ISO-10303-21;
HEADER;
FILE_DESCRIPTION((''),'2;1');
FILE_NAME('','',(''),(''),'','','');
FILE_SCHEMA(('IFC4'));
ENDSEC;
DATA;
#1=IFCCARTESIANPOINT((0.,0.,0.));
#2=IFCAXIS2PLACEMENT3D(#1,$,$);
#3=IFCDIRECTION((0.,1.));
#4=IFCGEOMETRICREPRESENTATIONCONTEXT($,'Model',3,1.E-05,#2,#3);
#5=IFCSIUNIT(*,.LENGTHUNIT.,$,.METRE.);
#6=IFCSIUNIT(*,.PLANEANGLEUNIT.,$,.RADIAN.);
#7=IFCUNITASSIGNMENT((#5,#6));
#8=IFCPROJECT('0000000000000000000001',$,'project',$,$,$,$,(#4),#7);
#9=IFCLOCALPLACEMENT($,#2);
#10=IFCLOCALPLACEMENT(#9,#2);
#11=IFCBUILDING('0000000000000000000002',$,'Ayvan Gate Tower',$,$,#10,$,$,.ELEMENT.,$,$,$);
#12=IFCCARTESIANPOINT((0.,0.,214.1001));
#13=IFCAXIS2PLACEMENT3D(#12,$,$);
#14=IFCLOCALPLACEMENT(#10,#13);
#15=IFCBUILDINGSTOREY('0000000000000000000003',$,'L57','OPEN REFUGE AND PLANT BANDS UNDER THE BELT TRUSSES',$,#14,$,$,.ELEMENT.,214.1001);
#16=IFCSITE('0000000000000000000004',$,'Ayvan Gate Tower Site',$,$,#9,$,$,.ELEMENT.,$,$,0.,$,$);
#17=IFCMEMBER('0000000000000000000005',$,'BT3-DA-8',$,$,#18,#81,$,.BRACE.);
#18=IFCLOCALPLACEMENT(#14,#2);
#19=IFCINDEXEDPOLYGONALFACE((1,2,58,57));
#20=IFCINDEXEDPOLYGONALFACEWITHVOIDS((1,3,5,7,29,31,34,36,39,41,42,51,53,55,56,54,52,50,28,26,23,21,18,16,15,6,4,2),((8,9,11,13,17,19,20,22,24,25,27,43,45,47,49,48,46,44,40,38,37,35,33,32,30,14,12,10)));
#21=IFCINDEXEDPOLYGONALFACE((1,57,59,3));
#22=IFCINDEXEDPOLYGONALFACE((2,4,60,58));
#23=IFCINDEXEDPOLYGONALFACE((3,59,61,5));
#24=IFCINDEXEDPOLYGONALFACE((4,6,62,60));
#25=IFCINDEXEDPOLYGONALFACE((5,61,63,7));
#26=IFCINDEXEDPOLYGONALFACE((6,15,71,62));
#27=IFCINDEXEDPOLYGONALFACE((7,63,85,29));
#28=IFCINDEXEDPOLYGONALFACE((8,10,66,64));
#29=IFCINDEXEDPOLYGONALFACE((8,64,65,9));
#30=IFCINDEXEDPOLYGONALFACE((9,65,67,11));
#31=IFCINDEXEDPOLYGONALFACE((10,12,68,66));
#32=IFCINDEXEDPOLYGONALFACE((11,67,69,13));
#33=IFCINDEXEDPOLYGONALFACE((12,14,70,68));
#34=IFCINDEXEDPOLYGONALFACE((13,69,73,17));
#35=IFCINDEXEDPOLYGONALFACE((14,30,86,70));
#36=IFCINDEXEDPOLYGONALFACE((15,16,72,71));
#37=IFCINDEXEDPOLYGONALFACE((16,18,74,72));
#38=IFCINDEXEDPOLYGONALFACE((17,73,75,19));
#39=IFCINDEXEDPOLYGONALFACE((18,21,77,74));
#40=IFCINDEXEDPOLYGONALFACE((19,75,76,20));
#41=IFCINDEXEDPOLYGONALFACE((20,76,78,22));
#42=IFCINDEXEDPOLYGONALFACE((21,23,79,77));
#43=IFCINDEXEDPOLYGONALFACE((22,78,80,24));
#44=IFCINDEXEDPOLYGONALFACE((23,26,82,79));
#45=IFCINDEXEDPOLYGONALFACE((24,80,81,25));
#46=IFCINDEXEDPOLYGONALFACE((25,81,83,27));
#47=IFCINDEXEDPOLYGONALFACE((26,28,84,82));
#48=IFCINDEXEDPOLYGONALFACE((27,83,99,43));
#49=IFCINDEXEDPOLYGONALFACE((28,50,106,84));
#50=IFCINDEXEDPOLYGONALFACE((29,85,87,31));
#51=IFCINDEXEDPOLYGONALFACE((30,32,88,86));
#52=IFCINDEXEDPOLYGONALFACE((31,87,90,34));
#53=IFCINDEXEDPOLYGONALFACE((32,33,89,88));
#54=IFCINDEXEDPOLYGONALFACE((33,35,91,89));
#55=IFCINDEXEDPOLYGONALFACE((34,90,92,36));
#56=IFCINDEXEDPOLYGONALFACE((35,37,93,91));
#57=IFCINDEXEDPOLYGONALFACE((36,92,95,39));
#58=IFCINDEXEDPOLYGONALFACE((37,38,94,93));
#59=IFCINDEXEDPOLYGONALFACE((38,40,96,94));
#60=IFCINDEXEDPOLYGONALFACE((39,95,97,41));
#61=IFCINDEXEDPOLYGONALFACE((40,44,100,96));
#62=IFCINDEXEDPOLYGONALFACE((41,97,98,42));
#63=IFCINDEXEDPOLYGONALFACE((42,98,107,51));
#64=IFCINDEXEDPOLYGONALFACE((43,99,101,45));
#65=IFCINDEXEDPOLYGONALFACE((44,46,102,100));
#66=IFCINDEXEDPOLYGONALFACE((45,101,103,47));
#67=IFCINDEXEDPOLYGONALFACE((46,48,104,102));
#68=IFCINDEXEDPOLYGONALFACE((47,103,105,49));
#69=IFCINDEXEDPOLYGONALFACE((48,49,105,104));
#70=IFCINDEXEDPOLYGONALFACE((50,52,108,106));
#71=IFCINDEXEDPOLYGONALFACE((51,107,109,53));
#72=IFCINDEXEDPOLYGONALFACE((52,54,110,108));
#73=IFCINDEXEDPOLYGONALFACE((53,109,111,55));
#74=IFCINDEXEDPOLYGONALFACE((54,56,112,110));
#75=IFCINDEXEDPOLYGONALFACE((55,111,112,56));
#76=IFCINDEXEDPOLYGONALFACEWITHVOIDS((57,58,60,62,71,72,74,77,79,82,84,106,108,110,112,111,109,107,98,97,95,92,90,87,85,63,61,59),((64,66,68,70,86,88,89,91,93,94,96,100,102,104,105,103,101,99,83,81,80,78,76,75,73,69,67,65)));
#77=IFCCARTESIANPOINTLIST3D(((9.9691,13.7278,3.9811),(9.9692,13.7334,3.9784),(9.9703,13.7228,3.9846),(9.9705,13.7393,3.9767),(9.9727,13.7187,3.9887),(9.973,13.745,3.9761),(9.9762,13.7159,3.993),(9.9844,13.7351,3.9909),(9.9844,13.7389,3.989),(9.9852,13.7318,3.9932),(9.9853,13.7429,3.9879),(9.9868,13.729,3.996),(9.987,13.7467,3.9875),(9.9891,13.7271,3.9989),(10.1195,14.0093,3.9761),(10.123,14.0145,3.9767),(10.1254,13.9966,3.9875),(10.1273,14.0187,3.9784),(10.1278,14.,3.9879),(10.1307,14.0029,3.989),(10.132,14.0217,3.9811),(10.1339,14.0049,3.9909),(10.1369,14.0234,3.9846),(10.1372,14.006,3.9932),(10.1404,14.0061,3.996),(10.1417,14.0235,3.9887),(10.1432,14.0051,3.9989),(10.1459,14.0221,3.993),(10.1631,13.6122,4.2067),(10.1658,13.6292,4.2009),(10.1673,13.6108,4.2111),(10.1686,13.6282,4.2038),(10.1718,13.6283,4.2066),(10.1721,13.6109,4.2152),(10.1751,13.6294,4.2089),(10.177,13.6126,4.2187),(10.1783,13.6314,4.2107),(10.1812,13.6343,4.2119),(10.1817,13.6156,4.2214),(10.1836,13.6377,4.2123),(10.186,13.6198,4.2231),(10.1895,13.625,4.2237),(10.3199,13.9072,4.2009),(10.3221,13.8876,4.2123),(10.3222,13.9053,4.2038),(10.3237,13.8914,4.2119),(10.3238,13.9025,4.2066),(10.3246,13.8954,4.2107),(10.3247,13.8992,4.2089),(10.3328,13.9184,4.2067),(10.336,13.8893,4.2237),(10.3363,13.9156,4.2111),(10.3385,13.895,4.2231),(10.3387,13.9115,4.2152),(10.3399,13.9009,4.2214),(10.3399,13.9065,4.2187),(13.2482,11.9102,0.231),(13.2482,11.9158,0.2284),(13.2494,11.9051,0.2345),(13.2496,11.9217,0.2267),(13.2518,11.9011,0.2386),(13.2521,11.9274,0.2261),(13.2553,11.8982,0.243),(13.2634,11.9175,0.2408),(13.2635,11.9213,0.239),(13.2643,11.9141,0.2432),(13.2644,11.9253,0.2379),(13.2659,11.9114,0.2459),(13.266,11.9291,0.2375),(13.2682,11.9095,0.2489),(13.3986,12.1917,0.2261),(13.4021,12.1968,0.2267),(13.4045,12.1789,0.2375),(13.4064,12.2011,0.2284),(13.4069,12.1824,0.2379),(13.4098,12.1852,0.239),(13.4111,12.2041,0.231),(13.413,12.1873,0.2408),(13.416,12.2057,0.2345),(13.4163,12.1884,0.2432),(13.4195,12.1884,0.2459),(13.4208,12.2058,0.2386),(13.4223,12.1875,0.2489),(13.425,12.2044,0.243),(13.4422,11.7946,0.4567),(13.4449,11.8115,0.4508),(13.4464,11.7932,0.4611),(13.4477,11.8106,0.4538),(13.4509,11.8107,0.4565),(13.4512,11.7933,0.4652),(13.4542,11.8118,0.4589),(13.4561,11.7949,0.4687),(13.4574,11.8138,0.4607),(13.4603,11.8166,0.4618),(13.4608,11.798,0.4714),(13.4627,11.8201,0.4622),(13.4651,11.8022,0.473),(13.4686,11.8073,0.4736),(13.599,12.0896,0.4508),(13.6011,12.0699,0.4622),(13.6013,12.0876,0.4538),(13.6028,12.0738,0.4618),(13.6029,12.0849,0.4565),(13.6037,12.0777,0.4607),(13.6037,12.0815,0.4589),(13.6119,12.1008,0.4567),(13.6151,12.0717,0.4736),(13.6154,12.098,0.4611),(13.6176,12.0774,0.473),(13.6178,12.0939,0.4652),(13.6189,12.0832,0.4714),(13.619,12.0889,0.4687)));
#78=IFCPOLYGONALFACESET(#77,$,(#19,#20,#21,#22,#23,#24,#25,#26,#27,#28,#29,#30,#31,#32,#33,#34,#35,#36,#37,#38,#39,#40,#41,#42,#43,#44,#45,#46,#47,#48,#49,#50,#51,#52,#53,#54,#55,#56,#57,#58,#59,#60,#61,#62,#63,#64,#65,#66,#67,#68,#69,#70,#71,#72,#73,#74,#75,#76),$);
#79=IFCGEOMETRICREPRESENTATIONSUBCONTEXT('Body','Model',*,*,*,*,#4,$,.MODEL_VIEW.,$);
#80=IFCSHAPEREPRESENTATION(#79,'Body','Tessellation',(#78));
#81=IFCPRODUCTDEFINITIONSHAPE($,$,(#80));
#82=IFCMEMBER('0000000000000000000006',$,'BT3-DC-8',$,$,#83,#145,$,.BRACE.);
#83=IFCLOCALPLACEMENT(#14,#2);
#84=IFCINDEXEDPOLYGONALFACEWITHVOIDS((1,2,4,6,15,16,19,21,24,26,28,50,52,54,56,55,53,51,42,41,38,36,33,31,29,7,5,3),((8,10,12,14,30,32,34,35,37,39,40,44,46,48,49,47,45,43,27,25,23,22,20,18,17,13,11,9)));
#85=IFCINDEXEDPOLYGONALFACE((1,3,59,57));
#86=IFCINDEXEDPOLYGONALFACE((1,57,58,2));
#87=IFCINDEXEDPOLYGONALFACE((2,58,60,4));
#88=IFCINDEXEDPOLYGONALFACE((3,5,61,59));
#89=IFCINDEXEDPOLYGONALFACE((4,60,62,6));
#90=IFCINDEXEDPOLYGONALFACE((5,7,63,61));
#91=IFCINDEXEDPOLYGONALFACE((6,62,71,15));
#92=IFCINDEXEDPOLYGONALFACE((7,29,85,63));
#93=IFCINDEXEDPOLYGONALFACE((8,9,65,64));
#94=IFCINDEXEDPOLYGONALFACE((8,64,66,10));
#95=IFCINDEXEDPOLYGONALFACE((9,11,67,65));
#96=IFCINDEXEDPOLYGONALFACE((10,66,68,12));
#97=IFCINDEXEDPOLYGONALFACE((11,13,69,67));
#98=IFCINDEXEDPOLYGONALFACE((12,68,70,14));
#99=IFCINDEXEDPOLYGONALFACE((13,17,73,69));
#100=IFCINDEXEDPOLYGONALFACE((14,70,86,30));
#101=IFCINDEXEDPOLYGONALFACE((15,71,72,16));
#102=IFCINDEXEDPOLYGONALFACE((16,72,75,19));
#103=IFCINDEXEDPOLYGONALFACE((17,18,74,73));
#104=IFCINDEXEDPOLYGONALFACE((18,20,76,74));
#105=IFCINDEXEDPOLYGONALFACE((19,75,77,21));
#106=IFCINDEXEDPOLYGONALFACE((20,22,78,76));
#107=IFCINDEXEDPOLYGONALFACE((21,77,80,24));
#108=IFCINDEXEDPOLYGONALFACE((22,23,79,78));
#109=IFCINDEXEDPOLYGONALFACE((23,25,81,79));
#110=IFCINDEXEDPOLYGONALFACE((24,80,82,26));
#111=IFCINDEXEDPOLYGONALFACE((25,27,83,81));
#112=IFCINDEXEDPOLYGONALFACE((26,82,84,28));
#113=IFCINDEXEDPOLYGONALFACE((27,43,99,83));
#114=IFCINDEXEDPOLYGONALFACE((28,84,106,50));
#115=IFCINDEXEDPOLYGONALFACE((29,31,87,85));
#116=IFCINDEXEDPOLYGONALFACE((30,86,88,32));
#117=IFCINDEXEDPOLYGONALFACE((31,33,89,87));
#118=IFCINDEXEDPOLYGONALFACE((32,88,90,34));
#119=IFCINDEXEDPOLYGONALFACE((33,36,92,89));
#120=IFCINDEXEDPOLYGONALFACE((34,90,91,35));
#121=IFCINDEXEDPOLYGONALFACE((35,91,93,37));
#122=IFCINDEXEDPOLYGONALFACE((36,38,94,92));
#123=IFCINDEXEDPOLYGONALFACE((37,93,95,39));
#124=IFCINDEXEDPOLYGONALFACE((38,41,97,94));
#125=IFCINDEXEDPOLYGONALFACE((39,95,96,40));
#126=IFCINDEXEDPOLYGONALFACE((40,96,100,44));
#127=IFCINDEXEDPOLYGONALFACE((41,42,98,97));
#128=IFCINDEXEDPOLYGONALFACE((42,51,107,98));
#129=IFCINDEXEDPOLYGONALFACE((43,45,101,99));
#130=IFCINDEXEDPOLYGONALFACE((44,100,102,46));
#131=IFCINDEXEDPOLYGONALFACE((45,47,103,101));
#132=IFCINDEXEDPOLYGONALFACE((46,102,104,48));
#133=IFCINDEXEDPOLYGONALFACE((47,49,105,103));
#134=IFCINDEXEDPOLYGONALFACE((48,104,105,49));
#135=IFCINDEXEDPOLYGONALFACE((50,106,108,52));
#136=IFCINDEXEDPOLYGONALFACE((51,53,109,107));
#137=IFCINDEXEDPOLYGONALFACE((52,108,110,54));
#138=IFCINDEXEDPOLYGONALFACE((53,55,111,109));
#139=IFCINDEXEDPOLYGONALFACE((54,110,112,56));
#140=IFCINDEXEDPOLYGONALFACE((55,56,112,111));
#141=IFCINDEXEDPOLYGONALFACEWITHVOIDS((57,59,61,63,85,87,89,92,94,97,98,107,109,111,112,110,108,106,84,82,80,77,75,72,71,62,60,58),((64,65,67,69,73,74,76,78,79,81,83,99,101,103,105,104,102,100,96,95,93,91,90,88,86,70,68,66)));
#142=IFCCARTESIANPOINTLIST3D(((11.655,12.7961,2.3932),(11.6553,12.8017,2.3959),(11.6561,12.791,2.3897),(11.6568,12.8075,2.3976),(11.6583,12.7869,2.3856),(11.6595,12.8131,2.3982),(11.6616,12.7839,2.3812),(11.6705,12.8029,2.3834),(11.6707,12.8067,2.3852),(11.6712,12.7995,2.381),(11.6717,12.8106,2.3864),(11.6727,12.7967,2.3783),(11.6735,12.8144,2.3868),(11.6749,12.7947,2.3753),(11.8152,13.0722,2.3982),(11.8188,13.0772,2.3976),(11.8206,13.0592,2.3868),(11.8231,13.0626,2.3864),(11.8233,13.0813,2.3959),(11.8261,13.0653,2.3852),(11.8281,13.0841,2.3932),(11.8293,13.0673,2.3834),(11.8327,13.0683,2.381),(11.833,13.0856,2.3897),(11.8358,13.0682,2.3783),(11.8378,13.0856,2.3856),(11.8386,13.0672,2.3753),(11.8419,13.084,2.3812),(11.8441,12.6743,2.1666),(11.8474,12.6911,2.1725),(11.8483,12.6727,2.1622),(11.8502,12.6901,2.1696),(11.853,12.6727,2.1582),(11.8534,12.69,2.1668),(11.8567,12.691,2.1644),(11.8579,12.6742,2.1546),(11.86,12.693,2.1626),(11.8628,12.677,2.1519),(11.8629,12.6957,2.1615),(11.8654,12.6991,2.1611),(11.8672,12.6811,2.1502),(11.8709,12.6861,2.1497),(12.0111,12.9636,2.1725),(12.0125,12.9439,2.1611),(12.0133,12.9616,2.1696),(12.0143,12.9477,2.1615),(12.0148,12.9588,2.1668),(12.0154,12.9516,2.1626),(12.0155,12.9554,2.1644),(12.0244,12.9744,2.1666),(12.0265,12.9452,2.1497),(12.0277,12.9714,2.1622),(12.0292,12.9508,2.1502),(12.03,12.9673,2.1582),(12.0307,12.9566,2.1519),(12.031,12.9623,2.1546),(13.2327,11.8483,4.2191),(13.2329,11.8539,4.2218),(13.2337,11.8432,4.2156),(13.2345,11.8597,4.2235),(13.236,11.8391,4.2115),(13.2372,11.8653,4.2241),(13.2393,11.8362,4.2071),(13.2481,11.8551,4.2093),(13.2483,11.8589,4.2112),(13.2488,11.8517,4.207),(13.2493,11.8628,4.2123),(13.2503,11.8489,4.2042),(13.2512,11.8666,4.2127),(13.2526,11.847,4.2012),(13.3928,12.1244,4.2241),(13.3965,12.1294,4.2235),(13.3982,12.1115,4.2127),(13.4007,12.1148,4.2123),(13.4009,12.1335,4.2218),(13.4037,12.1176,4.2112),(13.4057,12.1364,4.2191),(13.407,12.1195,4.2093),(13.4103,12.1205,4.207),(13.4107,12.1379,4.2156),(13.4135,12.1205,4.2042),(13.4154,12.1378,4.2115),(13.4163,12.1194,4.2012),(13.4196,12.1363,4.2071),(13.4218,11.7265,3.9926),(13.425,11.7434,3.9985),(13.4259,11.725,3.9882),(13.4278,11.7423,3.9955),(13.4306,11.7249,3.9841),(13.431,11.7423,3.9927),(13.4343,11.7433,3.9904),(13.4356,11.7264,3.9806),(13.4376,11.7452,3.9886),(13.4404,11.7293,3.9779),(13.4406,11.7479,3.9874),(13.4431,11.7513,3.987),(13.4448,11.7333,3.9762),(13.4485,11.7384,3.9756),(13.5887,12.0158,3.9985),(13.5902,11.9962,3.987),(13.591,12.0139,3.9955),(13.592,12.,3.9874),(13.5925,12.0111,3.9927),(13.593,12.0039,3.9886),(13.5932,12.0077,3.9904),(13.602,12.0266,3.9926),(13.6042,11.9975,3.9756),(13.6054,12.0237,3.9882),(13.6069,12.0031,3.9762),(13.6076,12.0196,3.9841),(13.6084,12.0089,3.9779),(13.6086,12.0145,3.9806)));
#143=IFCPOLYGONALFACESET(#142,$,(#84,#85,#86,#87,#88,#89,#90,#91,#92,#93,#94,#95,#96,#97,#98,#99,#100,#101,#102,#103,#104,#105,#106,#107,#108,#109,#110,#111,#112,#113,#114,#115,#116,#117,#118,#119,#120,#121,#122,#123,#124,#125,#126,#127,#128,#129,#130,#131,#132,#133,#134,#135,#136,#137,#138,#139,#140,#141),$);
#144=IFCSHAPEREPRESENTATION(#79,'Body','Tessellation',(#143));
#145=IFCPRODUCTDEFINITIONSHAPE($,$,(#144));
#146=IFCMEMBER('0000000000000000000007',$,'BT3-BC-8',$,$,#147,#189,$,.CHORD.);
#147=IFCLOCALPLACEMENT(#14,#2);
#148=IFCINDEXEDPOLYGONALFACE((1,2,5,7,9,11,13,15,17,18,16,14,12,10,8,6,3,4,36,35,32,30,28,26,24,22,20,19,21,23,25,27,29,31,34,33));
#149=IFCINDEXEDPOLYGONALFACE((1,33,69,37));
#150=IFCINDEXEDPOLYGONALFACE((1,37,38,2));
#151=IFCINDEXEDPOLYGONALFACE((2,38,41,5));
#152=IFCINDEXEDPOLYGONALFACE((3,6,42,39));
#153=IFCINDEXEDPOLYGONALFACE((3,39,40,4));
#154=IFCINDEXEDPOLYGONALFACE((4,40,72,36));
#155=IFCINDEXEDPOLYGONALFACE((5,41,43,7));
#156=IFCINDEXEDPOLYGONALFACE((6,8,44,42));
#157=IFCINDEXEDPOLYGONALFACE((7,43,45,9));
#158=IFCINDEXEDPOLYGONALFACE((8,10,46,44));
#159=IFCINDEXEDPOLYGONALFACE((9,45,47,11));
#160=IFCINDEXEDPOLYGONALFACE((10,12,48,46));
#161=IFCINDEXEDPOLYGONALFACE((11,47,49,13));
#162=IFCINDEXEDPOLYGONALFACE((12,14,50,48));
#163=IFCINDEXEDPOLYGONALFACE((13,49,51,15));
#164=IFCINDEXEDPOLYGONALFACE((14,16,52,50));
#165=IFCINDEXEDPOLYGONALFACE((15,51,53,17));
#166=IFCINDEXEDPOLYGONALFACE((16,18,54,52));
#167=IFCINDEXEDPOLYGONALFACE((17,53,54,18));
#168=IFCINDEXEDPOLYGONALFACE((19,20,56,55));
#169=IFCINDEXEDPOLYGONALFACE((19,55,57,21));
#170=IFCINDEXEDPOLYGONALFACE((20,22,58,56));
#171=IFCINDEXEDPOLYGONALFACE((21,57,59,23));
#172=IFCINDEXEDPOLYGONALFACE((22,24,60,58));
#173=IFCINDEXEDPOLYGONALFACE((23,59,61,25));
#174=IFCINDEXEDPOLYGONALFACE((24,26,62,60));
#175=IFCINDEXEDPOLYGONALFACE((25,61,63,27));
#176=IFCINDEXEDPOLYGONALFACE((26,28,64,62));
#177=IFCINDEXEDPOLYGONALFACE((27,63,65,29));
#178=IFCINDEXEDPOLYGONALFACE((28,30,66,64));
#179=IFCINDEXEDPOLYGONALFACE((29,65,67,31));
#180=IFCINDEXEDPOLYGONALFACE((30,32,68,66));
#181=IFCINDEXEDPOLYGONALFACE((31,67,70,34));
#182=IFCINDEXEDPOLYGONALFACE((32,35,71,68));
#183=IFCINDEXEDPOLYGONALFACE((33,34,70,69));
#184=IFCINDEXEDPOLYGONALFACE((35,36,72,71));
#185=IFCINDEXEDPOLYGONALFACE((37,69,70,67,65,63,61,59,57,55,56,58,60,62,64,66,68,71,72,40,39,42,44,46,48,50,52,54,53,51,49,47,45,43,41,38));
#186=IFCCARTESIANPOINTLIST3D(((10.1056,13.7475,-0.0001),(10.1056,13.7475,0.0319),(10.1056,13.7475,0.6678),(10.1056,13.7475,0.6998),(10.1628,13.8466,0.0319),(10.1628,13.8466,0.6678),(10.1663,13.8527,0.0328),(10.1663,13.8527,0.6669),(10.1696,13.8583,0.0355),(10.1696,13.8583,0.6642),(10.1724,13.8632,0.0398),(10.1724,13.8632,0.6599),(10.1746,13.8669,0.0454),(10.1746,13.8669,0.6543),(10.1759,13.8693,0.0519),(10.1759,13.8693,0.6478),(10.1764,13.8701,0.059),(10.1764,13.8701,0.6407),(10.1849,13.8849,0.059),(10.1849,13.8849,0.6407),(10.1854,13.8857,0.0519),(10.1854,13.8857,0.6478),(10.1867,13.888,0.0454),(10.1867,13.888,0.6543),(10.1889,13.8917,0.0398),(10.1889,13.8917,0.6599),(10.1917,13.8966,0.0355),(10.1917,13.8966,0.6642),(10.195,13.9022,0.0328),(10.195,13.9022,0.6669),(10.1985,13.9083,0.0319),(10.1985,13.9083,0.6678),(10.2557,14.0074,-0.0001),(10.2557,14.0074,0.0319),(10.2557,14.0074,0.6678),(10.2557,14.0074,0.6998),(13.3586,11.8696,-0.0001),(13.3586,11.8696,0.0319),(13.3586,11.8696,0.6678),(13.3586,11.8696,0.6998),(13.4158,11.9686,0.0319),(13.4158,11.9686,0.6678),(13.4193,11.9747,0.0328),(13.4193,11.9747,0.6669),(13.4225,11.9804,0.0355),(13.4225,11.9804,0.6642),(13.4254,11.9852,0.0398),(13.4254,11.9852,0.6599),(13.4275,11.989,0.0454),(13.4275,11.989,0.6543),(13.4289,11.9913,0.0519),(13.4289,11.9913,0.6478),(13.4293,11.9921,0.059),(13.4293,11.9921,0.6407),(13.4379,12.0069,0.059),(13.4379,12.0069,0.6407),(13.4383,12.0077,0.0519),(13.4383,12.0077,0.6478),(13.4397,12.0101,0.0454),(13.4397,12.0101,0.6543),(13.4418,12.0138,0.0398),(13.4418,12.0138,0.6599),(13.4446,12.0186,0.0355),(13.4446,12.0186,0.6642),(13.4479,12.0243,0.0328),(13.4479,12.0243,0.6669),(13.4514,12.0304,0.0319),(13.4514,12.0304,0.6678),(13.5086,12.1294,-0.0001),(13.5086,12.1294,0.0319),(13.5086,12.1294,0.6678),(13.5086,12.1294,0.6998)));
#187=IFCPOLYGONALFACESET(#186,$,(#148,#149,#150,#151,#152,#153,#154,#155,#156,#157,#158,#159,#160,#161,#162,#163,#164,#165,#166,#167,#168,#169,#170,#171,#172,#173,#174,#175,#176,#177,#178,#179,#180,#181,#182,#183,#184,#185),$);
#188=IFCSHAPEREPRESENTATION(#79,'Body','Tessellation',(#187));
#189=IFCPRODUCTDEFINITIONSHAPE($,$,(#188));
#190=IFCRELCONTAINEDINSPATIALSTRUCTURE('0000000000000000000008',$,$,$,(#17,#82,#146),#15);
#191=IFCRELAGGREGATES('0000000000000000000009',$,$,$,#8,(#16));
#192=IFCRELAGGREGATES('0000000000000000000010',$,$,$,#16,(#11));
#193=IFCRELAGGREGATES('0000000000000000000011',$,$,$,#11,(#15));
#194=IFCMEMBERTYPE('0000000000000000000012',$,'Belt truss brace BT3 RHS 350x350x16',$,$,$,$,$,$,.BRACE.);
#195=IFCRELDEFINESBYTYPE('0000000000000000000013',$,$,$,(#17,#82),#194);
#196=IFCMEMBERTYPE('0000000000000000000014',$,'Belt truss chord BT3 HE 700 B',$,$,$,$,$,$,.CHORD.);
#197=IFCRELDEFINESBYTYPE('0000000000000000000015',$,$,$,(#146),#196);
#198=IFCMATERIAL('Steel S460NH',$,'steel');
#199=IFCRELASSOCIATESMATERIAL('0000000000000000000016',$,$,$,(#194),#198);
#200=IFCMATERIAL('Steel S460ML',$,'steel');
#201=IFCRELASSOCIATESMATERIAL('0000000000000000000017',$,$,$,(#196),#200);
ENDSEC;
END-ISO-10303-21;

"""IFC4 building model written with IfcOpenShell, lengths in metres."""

from ifc_helpers import new_model, si_unit, direction, frame, origin, origin_2d, place, context, subcontext, project, spatial, hollow_rectangle, i_section, extrude, material, material_profile, profile_set, type_object, element, save


model = new_model("IFC4")

# Units and contexts
model_context = context("Model", 3, precision=1e-05, world=origin(), true_north=direction((0.0, 1.0)))
body_context = subcontext(model_context, "Body", "Model", "MODEL_VIEW")
ifc_project = project(units=[si_unit("LENGTHUNIT", "METRE"), si_unit("PLANEANGLEUNIT", "RADIAN")], contexts=[model_context])

# Site, building, storey
site_placement = place(None, origin())
site = spatial("IfcSite", under=ifc_project, at=site_placement, Name="Ayvan Gate Tower Site", CompositionType="ELEMENT", RefElevation=0.0)
building_placement = place(site_placement, origin())
building = spatial("IfcBuilding", under=site, at=building_placement, Name="Ayvan Gate Tower", CompositionType="ELEMENT")
storey_placement = place(building_placement, frame((0.0, 0.0, 214.1001)))
storey = spatial("IfcBuildingStorey", under=building, at=storey_placement, Name="L57", Description="OPEN REFUGE AND PLANT BANDS UNDER THE BELT TRUSSES", CompositionType="ELEMENT", Elevation=214.1001)

# Members
ifc_material_1 = material(Name="Steel S460NH", Category="steel")
ifc_material_profile_1 = material_profile(ifc_material_1, hollow_rectangle(XDim=0.3501, YDim=0.3501, WallThickness=0.0161, InnerFilletRadius=0.0161, OuterFilletRadius=0.0239, at=origin_2d()), Name="RHS 350x350x16")
ifc_profile_set_1 = profile_set([ifc_material_profile_1], Name="Steel S460NH")
member_type_1 = type_object("IfcMemberType", Name="Belt truss brace BT3 RHS 350x350x16", PredefinedType="BRACE", material=ifc_profile_set_1)
member_1_placement = place(storey_placement, frame((13.4336, 11.9995, 0.3499), z_axis=(-0.618376, 0.342775, 0.707189), x_axis=(-0.484813, -0.874618, 0.0)))
element("IfcMember", 1, at=member_1_placement, inside=storey, type_object=member_type_1, Name="BT3-DA-8", PredefinedType="BRACE", context=body_context, shape_type="SweptSolid", body=[
    extrude(hollow_rectangle(XDim=0.3501, YDim=0.3501, WallThickness=0.0161, InnerFilletRadius=0.0161, OuterFilletRadius=0.0239, at=origin_2d()), origin(), (0.0, 0.0, 1.0), 5.3027),
])
member_2_placement = place(storey_placement, frame((11.843, 12.8792, 2.2739), z_axis=(0.608533, -0.365572, 0.704305), x_axis=(0.514964, 0.857212, 0.0)))
element("IfcMember", 2, at=member_2_placement, inside=storey, type_object=member_type_1, Name="BT3-DC-8", PredefinedType="BRACE", context=body_context, shape_type="SweptSolid", body=[
    extrude(hollow_rectangle(XDim=0.3501, YDim=0.3501, WallThickness=0.0161, InnerFilletRadius=0.0161, OuterFilletRadius=0.0239, at=origin_2d()), origin(), (0.0, 0.0, 1.0), 2.5925),
])
ifc_material_2 = material(Name="Steel S460ML", Category="steel")
ifc_material_profile_2 = material_profile(ifc_material_2, i_section(OverallWidth=0.3, OverallDepth=0.7, WebThickness=0.0171, FlangeThickness=0.032, FilletRadius=0.0271, at=origin_2d()), Name="HE 700 B")
ifc_profile_set_2 = profile_set([ifc_material_profile_2], Name="Steel S460ML")
member_type_2 = type_object("IfcMemberType", Name="Belt truss chord BT3 HE 700 B", PredefinedType="CHORD", material=ifc_profile_set_2)
member_3_placement = place(storey_placement, frame((13.4336, 11.9995, 0.3499), z_axis=(-0.866043, 0.49997, 0.0), x_axis=(-0.49997, -0.866043, 0.0)))
element("IfcMember", 3, at=member_3_placement, inside=storey, type_object=member_type_2, Name="BT3-BC-8", PredefinedType="CHORD", context=body_context, shape_type="SweptSolid", body=[
    extrude(i_section(OverallWidth=0.3, OverallDepth=0.7, WebThickness=0.0171, FlangeThickness=0.032, FilletRadius=0.0271, at=origin_2d()), origin(), (0.0, 0.0, 1.0), 3.7561),
])

save(model, "model.ifc")
